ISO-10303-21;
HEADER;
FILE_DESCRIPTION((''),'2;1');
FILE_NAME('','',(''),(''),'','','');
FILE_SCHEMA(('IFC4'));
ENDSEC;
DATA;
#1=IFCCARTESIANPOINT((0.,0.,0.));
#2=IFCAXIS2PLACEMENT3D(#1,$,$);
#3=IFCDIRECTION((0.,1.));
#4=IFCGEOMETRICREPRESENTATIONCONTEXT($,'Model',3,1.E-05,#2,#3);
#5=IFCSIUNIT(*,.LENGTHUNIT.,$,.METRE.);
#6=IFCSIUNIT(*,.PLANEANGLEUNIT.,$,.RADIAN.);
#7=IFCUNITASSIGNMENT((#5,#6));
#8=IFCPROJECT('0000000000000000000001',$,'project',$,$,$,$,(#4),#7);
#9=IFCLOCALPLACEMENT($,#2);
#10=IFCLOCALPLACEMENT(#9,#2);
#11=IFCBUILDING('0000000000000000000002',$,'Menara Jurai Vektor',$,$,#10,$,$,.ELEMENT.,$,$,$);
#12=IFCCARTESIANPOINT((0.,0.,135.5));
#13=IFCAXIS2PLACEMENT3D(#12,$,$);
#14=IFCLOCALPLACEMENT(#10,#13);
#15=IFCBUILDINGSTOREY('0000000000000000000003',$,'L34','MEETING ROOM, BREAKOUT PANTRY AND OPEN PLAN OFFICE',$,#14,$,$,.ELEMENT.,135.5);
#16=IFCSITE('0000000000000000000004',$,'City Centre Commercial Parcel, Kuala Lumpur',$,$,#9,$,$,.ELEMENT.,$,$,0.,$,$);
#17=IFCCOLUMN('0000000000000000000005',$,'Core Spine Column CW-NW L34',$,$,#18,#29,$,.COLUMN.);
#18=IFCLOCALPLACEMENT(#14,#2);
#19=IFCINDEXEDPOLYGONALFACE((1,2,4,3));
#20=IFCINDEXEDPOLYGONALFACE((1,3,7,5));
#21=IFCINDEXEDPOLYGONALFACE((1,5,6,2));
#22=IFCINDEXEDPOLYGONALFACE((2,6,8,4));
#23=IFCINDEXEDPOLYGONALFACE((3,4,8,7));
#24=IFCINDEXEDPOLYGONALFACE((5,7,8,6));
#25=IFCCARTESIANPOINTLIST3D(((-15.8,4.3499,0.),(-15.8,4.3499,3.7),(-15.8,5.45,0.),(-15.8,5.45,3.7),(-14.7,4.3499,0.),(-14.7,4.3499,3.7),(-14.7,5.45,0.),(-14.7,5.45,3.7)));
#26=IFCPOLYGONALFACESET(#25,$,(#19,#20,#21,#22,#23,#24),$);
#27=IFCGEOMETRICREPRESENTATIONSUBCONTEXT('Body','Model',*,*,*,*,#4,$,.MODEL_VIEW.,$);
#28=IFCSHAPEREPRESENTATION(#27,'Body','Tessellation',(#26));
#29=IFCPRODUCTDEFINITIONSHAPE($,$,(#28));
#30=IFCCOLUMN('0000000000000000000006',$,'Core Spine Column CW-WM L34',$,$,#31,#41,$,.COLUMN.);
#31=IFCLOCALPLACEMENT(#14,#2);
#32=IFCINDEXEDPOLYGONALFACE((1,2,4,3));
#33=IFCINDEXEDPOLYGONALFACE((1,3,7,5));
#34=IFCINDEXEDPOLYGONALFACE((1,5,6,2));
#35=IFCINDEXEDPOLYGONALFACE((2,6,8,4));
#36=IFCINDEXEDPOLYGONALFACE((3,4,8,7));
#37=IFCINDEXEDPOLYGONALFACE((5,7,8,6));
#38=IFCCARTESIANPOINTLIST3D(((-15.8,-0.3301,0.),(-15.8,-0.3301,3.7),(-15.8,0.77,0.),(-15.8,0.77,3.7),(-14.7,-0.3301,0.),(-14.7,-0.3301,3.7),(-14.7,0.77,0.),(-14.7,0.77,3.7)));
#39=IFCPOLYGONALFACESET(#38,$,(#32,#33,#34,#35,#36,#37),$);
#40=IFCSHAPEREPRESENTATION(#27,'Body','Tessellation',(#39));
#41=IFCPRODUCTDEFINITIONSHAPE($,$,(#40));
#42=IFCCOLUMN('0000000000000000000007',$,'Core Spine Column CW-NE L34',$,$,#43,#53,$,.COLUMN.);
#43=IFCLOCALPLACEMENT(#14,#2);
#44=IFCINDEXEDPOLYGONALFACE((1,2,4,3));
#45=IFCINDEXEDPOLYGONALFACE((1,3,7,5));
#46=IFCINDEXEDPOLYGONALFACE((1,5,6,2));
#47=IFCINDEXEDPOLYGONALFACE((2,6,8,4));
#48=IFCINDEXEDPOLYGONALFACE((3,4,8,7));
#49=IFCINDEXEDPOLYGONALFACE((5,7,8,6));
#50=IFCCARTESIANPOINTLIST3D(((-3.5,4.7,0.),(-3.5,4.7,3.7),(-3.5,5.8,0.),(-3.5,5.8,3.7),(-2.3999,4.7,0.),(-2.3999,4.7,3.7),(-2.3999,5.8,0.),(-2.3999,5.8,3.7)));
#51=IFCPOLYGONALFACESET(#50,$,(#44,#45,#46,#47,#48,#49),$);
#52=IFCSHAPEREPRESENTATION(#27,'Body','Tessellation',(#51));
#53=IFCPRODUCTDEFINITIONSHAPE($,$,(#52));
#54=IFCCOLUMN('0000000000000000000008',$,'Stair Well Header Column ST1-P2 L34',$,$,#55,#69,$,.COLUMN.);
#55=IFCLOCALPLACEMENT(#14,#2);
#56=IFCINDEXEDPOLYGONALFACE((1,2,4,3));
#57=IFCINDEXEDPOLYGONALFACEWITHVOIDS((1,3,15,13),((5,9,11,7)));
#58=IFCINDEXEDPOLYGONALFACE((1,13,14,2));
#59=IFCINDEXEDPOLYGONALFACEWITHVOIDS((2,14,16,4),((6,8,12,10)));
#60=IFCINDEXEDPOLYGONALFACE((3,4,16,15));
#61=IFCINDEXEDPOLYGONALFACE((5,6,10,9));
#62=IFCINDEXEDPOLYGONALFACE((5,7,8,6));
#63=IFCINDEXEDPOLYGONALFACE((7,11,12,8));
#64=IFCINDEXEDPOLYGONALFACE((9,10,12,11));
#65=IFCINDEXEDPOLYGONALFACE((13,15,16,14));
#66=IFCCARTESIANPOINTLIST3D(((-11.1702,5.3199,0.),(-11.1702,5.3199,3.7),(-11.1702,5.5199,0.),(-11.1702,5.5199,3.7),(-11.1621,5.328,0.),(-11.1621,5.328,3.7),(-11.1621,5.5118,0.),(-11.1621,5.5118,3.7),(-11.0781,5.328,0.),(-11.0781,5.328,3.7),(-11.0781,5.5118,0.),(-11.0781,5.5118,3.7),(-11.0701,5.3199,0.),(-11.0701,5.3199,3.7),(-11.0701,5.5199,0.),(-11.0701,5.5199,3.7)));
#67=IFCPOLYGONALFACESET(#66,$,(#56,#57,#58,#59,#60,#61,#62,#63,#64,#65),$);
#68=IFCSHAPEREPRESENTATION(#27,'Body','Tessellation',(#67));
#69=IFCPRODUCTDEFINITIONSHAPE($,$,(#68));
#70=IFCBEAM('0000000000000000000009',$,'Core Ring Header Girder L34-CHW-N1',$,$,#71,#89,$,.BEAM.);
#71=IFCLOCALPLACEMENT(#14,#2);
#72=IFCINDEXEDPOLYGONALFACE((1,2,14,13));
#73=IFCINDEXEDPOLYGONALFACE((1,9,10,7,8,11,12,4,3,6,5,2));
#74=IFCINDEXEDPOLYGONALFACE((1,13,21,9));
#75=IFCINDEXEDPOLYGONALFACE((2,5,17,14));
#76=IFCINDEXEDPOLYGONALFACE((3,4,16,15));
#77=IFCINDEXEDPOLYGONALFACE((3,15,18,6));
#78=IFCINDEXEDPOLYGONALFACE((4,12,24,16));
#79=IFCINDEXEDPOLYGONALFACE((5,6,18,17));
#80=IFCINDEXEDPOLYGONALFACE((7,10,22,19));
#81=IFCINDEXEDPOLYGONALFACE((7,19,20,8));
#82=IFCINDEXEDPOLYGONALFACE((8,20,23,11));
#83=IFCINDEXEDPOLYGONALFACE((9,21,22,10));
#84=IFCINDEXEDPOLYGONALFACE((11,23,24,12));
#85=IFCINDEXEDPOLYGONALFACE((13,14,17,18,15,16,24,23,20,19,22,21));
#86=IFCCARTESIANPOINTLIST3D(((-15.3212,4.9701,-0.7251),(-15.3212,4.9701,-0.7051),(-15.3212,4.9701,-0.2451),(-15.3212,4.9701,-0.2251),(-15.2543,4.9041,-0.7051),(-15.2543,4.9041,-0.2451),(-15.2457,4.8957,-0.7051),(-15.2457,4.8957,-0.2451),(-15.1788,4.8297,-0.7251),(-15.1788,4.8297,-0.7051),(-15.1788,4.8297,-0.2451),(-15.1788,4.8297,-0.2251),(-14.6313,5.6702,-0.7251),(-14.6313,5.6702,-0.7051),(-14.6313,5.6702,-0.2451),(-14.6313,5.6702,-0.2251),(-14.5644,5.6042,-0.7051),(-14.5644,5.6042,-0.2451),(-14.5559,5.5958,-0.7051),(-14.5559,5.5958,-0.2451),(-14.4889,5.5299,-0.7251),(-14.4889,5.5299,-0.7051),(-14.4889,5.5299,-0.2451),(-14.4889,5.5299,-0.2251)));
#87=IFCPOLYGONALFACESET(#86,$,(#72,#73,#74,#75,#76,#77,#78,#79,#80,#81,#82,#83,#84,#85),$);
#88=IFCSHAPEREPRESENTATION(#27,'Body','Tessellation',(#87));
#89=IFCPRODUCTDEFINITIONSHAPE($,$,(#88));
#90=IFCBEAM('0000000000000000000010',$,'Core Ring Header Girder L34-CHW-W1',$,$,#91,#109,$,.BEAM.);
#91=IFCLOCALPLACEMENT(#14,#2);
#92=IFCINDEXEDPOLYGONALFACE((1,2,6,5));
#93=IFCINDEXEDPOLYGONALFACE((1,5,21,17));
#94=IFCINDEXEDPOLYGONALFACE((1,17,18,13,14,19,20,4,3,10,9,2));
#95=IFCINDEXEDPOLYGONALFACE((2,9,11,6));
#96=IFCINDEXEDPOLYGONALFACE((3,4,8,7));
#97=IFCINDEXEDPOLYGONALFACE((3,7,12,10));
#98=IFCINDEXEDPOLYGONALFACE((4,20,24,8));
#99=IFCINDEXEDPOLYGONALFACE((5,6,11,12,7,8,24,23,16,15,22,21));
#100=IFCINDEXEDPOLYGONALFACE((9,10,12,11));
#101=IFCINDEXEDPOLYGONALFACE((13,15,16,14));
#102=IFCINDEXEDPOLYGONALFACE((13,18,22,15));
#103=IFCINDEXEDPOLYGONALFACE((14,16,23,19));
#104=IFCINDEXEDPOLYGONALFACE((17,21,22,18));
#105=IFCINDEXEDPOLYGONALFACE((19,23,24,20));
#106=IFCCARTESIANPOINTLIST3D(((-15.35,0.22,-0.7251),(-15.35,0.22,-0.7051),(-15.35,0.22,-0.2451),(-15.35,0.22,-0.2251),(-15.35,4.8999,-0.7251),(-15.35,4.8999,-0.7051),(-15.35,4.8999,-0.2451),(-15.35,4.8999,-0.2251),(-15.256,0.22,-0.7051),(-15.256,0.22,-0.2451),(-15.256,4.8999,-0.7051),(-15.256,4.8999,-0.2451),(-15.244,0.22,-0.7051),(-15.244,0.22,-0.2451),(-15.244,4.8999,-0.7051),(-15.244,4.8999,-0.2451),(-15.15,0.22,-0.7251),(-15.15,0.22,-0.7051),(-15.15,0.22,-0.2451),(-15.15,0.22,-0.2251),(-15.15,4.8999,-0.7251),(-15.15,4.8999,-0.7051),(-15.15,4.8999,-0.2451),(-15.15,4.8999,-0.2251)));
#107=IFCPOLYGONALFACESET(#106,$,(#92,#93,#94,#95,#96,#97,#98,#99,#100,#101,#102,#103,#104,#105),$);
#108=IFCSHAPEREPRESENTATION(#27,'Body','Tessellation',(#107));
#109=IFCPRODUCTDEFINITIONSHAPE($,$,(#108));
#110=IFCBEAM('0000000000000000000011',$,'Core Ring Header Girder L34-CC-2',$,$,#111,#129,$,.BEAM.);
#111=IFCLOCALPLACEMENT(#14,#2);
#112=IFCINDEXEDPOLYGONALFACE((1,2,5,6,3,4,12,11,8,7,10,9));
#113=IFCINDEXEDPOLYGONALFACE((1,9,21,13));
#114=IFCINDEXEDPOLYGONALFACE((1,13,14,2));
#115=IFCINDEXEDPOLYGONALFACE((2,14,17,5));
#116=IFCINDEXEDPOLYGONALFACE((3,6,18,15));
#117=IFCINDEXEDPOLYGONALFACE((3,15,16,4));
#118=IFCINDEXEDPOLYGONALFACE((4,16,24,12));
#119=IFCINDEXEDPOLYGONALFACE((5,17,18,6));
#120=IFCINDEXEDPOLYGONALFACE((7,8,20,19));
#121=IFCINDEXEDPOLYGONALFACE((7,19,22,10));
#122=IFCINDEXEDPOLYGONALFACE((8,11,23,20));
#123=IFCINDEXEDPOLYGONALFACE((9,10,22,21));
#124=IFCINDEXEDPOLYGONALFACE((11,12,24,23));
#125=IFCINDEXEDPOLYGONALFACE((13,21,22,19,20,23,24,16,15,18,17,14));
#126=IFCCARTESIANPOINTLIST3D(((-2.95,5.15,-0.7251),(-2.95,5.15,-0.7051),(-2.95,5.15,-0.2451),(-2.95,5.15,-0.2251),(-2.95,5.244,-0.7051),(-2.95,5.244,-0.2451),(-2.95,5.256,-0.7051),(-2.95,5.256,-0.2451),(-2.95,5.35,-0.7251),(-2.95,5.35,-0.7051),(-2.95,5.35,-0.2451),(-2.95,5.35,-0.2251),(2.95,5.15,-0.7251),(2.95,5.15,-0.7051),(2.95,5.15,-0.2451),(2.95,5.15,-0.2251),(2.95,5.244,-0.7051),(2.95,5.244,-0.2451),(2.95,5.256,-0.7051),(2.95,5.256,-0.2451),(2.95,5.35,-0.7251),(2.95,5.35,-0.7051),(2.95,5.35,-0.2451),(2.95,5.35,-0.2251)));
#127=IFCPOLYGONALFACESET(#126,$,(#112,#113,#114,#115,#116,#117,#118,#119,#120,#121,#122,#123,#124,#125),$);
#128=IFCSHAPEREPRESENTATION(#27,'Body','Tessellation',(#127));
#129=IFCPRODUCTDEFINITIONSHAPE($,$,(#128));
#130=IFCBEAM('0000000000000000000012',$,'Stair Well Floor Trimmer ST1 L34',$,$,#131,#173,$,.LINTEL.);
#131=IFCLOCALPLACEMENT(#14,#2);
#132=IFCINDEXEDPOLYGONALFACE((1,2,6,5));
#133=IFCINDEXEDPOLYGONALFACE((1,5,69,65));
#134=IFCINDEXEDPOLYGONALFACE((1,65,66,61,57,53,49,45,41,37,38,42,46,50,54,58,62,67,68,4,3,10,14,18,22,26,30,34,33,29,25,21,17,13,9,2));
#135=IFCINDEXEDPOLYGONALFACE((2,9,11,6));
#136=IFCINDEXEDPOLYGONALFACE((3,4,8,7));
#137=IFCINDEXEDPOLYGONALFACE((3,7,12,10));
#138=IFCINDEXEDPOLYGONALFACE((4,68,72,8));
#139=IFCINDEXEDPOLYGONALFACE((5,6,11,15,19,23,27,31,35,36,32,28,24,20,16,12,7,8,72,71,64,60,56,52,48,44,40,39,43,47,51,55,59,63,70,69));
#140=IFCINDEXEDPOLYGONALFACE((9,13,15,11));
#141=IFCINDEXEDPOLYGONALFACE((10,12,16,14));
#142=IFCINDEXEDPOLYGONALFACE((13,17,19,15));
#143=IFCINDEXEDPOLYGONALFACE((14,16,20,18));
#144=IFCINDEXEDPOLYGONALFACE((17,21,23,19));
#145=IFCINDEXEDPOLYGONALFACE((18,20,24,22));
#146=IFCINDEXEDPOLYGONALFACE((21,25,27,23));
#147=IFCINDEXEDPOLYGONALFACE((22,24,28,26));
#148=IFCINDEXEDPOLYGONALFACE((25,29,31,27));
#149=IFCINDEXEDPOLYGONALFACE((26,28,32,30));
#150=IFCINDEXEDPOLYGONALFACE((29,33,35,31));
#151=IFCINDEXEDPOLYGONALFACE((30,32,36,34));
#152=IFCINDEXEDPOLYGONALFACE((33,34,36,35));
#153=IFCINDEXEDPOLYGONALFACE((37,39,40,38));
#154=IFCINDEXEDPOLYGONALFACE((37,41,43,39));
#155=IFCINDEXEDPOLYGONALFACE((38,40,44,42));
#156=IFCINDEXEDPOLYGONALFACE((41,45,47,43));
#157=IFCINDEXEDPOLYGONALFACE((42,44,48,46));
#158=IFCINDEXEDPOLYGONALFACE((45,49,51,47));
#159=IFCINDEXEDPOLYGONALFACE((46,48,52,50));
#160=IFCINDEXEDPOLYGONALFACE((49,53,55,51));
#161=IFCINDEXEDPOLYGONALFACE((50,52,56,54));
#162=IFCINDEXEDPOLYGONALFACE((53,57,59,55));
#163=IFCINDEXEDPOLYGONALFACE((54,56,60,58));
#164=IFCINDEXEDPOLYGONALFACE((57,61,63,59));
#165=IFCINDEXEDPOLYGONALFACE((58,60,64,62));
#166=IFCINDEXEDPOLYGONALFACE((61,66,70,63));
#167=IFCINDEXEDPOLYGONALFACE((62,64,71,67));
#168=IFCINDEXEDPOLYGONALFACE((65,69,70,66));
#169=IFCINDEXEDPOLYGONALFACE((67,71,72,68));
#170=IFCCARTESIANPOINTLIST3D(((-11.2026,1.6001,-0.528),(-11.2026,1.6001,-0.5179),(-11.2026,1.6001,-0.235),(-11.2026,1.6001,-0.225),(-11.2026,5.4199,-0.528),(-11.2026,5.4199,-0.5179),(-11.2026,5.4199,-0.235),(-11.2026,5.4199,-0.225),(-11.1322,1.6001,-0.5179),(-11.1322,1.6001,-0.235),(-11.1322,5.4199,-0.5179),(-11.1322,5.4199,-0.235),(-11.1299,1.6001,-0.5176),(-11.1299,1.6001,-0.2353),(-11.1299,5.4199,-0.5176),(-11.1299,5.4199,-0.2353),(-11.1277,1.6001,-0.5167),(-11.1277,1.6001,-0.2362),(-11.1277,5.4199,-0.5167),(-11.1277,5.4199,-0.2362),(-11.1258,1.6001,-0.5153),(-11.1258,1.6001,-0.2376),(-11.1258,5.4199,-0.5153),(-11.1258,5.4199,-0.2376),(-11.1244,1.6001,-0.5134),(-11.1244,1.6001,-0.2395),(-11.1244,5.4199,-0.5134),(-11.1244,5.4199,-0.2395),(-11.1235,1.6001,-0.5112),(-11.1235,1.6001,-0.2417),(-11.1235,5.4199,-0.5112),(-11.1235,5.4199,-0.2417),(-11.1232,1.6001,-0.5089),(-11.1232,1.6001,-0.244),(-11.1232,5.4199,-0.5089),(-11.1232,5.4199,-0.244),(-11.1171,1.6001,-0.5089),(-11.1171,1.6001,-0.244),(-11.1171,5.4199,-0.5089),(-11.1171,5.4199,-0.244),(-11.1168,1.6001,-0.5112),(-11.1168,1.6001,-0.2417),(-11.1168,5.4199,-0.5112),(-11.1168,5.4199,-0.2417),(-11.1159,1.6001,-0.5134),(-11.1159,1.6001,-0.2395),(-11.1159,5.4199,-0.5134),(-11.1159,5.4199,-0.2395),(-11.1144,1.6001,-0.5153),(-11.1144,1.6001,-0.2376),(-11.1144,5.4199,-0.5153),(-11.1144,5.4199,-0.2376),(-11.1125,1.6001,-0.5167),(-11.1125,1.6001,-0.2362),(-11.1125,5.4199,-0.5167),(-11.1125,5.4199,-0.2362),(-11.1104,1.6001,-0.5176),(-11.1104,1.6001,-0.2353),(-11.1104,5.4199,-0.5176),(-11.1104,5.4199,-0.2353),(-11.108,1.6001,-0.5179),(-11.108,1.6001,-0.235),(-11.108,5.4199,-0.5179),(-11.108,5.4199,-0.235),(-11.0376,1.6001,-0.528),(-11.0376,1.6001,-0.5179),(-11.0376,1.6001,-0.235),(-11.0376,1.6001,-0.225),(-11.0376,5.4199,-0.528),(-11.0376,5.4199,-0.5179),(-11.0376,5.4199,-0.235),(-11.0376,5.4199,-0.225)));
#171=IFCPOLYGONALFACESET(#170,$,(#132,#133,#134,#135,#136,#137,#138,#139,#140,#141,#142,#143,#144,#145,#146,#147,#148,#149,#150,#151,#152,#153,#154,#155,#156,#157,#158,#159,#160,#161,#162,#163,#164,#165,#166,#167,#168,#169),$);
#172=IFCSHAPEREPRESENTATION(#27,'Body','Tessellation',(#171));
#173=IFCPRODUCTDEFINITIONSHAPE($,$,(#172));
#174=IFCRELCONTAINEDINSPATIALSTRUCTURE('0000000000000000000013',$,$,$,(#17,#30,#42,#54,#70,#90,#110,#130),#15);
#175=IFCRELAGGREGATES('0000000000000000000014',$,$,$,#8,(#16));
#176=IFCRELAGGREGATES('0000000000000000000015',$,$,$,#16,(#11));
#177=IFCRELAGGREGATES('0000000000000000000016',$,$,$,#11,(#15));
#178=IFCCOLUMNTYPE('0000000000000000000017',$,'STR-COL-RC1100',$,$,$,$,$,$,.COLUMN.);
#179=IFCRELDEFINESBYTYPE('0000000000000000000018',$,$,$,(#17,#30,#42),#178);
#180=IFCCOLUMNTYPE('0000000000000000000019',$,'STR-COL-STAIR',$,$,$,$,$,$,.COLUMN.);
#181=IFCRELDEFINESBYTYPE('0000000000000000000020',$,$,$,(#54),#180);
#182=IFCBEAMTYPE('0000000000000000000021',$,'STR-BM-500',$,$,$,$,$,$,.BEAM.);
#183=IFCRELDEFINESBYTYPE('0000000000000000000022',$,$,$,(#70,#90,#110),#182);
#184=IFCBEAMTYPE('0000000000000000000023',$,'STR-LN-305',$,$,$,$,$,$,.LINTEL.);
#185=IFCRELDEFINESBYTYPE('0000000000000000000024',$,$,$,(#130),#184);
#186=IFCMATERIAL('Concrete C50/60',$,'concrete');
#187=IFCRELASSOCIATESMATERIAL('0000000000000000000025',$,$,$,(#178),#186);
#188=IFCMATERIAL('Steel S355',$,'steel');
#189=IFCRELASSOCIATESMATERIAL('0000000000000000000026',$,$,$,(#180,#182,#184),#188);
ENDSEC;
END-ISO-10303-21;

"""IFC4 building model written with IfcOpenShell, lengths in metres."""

from ifc_helpers import new_model, si_unit, direction, frame, origin, origin_2d, place, context, subcontext, project, spatial, rectangle, hollow_rectangle, i_section, extrude, material, material_profile, profile_set, type_object, element, save


model = new_model("IFC4")

# Units and contexts
model_context = context("Model", 3, precision=1e-05, world=origin(), true_north=direction((0.0, 1.0)))
body_context = subcontext(model_context, "Body", "Model", "MODEL_VIEW")
ifc_project = project(units=[si_unit("LENGTHUNIT", "METRE"), si_unit("PLANEANGLEUNIT", "RADIAN")], contexts=[model_context])

# Site, building, storey
site_placement = place(None, origin())
site = spatial("IfcSite", under=ifc_project, at=site_placement, Name="City Centre Commercial Parcel, Kuala Lumpur", CompositionType="ELEMENT", RefElevation=0.0)
building_placement = place(site_placement, origin())
building = spatial("IfcBuilding", under=site, at=building_placement, Name="Menara Jurai Vektor", CompositionType="ELEMENT")
storey_placement = place(building_placement, frame((0.0, 0.0, 135.5)))
storey = spatial("IfcBuildingStorey", under=building, at=storey_placement, Name="L34", Description="MEETING ROOM, BREAKOUT PANTRY AND OPEN PLAN OFFICE", CompositionType="ELEMENT", Elevation=135.5)

# Columns
ifc_material_1 = material(Name="Concrete C50/60", Category="concrete")
ifc_material_profile_1 = material_profile(ifc_material_1, rectangle(XDim=1.1001, YDim=1.1001, at=origin_2d()), Name="RC 1100x1100")
ifc_profile_set_1 = profile_set([ifc_material_profile_1], Name="Concrete C50/60")
column_type_1 = type_object("IfcColumnType", Name="STR-COL-RC1100", PredefinedType="COLUMN", material=ifc_profile_set_1)
for number, where, z_axis, x_axis, name in (
    (1, (-15.25, 4.8999, 0.0), (0.0, 0.0, 1.0), (1.0, 0.0, 0.0), "Core Spine Column CW-NW L34"),
    (2, (-15.25, 0.22, 0.0), (0.0, 0.0, 1.0), (1.0, 0.0, 0.0), "Core Spine Column CW-WM L34"),
    (3, (-2.95, 5.25, 0.0), (0.0, 0.0, 1.0), (1.0, 0.0, 0.0), "Core Spine Column CW-NE L34"),
):
    element("IfcColumn", number, at=place(storey_placement, frame(where, z_axis=z_axis, x_axis=x_axis)), inside=storey, type_object=column_type_1, Name=name, PredefinedType="COLUMN", context=body_context, shape_type="SweptSolid", body=[
        extrude(rectangle(XDim=1.1001, YDim=1.1001, at=origin_2d()), origin(), (0.0, 0.0, 1.0), 3.7),
    ])
ifc_material_2 = material(Name="Steel S355", Category="steel")
ifc_material_profile_2 = material_profile(ifc_material_2, hollow_rectangle(XDim=0.1001, YDim=0.2, WallThickness=0.0081, at=origin_2d()), Name="RHS 200x100x8")
ifc_profile_set_2 = profile_set([ifc_material_profile_2], Name="Steel S355")
column_type_2 = type_object("IfcColumnType", Name="STR-COL-STAIR", PredefinedType="COLUMN", material=ifc_profile_set_2)
column_placement = place(storey_placement, frame((-11.1201, 5.4199, 0.0), z_axis=(0.0, 0.0, 1.0), x_axis=(1.0, 0.0, 0.0)))
element("IfcColumn", 4, at=column_placement, inside=storey, type_object=column_type_2, Name="Stair Well Header Column ST1-P2 L34", PredefinedType="COLUMN", context=body_context, shape_type="SweptSolid", body=[
    extrude(hollow_rectangle(XDim=0.1001, YDim=0.2, WallThickness=0.0081, at=origin_2d()), origin(), (0.0, 0.0, 1.0), 3.7),
])

# Beams
ifc_material_profile_3 = material_profile(ifc_material_2, i_section(OverallWidth=0.2, OverallDepth=0.5, WebThickness=0.012, FlangeThickness=0.02, at=origin_2d()), Name="PG 500x200x96")
ifc_profile_set_3 = profile_set([ifc_material_profile_3], Name="Steel S355")
beam_type_1 = type_object("IfcBeamType", Name="STR-BM-500", PredefinedType="BEAM", material=ifc_profile_set_3)
beam_1_placement = place(storey_placement, frame((-15.25, 4.8999, -0.4751), z_axis=(0.701872, 0.712303, 0.0), x_axis=(-0.712303, 0.701872, 0.0)))
element("IfcBeam", 5, at=beam_1_placement, inside=storey, type_object=beam_type_1, Name="Core Ring Header Girder L34-CHW-N1", PredefinedType="BEAM", context=body_context, shape_type="SweptSolid", body=[
    extrude(i_section(OverallWidth=0.2, OverallDepth=0.5, WebThickness=0.012, FlangeThickness=0.02, at=origin_2d()), origin(), (0.0, 0.0, 1.0), 0.9829),
])
beam_2_placement = place(storey_placement, frame((-15.25, 0.22, -0.4751), z_axis=(0.0, 1.0, 0.0), x_axis=(-1.0, 0.0, 0.0)))
element("IfcBeam", 6, at=beam_2_placement, inside=storey, type_object=beam_type_1, Name="Core Ring Header Girder L34-CHW-W1", PredefinedType="BEAM", context=body_context, shape_type="SweptSolid", body=[
    extrude(i_section(OverallWidth=0.2, OverallDepth=0.5, WebThickness=0.012, FlangeThickness=0.02, at=origin_2d()), origin(), (0.0, 0.0, 1.0), 4.6799),
])
beam_3_placement = place(storey_placement, frame((-2.95, 5.25, -0.4751), z_axis=(1.0, 0.0, 0.0), x_axis=(0.0, 1.0, 0.0)))
element("IfcBeam", 7, at=beam_3_placement, inside=storey, type_object=beam_type_1, Name="Core Ring Header Girder L34-CC-2", PredefinedType="BEAM", context=body_context, shape_type="SweptSolid", body=[
    extrude(i_section(OverallWidth=0.2, OverallDepth=0.5, WebThickness=0.012, FlangeThickness=0.02, at=origin_2d()), origin(), (0.0, 0.0, 1.0), 5.8999),
])
ifc_material_profile_4 = material_profile(ifc_material_2, i_section(OverallWidth=0.165, OverallDepth=0.303, WebThickness=0.0061, FlangeThickness=0.01, FilletRadius=0.009, at=origin_2d()), Name="UKB 305x165x40")
ifc_profile_set_4 = profile_set([ifc_material_profile_4], Name="Steel S355")
beam_type_2 = type_object("IfcBeamType", Name="STR-LN-305", PredefinedType="LINTEL", material=ifc_profile_set_4)
beam_4_placement = place(storey_placement, frame((-11.1201, 1.6001, -0.3765), z_axis=(0.0, 1.0, 0.0), x_axis=(-1.0, 0.0, 0.0)))
element("IfcBeam", 8, at=beam_4_placement, inside=storey, type_object=beam_type_2, Name="Stair Well Floor Trimmer ST1 L34", PredefinedType="LINTEL", context=body_context, shape_type="SweptSolid", body=[
    extrude(i_section(OverallWidth=0.165, OverallDepth=0.303, WebThickness=0.0061, FlangeThickness=0.01, FilletRadius=0.009, at=origin_2d()), origin(), (0.0, 0.0, 1.0), 3.8198),
])

save(model, "model.ifc")
